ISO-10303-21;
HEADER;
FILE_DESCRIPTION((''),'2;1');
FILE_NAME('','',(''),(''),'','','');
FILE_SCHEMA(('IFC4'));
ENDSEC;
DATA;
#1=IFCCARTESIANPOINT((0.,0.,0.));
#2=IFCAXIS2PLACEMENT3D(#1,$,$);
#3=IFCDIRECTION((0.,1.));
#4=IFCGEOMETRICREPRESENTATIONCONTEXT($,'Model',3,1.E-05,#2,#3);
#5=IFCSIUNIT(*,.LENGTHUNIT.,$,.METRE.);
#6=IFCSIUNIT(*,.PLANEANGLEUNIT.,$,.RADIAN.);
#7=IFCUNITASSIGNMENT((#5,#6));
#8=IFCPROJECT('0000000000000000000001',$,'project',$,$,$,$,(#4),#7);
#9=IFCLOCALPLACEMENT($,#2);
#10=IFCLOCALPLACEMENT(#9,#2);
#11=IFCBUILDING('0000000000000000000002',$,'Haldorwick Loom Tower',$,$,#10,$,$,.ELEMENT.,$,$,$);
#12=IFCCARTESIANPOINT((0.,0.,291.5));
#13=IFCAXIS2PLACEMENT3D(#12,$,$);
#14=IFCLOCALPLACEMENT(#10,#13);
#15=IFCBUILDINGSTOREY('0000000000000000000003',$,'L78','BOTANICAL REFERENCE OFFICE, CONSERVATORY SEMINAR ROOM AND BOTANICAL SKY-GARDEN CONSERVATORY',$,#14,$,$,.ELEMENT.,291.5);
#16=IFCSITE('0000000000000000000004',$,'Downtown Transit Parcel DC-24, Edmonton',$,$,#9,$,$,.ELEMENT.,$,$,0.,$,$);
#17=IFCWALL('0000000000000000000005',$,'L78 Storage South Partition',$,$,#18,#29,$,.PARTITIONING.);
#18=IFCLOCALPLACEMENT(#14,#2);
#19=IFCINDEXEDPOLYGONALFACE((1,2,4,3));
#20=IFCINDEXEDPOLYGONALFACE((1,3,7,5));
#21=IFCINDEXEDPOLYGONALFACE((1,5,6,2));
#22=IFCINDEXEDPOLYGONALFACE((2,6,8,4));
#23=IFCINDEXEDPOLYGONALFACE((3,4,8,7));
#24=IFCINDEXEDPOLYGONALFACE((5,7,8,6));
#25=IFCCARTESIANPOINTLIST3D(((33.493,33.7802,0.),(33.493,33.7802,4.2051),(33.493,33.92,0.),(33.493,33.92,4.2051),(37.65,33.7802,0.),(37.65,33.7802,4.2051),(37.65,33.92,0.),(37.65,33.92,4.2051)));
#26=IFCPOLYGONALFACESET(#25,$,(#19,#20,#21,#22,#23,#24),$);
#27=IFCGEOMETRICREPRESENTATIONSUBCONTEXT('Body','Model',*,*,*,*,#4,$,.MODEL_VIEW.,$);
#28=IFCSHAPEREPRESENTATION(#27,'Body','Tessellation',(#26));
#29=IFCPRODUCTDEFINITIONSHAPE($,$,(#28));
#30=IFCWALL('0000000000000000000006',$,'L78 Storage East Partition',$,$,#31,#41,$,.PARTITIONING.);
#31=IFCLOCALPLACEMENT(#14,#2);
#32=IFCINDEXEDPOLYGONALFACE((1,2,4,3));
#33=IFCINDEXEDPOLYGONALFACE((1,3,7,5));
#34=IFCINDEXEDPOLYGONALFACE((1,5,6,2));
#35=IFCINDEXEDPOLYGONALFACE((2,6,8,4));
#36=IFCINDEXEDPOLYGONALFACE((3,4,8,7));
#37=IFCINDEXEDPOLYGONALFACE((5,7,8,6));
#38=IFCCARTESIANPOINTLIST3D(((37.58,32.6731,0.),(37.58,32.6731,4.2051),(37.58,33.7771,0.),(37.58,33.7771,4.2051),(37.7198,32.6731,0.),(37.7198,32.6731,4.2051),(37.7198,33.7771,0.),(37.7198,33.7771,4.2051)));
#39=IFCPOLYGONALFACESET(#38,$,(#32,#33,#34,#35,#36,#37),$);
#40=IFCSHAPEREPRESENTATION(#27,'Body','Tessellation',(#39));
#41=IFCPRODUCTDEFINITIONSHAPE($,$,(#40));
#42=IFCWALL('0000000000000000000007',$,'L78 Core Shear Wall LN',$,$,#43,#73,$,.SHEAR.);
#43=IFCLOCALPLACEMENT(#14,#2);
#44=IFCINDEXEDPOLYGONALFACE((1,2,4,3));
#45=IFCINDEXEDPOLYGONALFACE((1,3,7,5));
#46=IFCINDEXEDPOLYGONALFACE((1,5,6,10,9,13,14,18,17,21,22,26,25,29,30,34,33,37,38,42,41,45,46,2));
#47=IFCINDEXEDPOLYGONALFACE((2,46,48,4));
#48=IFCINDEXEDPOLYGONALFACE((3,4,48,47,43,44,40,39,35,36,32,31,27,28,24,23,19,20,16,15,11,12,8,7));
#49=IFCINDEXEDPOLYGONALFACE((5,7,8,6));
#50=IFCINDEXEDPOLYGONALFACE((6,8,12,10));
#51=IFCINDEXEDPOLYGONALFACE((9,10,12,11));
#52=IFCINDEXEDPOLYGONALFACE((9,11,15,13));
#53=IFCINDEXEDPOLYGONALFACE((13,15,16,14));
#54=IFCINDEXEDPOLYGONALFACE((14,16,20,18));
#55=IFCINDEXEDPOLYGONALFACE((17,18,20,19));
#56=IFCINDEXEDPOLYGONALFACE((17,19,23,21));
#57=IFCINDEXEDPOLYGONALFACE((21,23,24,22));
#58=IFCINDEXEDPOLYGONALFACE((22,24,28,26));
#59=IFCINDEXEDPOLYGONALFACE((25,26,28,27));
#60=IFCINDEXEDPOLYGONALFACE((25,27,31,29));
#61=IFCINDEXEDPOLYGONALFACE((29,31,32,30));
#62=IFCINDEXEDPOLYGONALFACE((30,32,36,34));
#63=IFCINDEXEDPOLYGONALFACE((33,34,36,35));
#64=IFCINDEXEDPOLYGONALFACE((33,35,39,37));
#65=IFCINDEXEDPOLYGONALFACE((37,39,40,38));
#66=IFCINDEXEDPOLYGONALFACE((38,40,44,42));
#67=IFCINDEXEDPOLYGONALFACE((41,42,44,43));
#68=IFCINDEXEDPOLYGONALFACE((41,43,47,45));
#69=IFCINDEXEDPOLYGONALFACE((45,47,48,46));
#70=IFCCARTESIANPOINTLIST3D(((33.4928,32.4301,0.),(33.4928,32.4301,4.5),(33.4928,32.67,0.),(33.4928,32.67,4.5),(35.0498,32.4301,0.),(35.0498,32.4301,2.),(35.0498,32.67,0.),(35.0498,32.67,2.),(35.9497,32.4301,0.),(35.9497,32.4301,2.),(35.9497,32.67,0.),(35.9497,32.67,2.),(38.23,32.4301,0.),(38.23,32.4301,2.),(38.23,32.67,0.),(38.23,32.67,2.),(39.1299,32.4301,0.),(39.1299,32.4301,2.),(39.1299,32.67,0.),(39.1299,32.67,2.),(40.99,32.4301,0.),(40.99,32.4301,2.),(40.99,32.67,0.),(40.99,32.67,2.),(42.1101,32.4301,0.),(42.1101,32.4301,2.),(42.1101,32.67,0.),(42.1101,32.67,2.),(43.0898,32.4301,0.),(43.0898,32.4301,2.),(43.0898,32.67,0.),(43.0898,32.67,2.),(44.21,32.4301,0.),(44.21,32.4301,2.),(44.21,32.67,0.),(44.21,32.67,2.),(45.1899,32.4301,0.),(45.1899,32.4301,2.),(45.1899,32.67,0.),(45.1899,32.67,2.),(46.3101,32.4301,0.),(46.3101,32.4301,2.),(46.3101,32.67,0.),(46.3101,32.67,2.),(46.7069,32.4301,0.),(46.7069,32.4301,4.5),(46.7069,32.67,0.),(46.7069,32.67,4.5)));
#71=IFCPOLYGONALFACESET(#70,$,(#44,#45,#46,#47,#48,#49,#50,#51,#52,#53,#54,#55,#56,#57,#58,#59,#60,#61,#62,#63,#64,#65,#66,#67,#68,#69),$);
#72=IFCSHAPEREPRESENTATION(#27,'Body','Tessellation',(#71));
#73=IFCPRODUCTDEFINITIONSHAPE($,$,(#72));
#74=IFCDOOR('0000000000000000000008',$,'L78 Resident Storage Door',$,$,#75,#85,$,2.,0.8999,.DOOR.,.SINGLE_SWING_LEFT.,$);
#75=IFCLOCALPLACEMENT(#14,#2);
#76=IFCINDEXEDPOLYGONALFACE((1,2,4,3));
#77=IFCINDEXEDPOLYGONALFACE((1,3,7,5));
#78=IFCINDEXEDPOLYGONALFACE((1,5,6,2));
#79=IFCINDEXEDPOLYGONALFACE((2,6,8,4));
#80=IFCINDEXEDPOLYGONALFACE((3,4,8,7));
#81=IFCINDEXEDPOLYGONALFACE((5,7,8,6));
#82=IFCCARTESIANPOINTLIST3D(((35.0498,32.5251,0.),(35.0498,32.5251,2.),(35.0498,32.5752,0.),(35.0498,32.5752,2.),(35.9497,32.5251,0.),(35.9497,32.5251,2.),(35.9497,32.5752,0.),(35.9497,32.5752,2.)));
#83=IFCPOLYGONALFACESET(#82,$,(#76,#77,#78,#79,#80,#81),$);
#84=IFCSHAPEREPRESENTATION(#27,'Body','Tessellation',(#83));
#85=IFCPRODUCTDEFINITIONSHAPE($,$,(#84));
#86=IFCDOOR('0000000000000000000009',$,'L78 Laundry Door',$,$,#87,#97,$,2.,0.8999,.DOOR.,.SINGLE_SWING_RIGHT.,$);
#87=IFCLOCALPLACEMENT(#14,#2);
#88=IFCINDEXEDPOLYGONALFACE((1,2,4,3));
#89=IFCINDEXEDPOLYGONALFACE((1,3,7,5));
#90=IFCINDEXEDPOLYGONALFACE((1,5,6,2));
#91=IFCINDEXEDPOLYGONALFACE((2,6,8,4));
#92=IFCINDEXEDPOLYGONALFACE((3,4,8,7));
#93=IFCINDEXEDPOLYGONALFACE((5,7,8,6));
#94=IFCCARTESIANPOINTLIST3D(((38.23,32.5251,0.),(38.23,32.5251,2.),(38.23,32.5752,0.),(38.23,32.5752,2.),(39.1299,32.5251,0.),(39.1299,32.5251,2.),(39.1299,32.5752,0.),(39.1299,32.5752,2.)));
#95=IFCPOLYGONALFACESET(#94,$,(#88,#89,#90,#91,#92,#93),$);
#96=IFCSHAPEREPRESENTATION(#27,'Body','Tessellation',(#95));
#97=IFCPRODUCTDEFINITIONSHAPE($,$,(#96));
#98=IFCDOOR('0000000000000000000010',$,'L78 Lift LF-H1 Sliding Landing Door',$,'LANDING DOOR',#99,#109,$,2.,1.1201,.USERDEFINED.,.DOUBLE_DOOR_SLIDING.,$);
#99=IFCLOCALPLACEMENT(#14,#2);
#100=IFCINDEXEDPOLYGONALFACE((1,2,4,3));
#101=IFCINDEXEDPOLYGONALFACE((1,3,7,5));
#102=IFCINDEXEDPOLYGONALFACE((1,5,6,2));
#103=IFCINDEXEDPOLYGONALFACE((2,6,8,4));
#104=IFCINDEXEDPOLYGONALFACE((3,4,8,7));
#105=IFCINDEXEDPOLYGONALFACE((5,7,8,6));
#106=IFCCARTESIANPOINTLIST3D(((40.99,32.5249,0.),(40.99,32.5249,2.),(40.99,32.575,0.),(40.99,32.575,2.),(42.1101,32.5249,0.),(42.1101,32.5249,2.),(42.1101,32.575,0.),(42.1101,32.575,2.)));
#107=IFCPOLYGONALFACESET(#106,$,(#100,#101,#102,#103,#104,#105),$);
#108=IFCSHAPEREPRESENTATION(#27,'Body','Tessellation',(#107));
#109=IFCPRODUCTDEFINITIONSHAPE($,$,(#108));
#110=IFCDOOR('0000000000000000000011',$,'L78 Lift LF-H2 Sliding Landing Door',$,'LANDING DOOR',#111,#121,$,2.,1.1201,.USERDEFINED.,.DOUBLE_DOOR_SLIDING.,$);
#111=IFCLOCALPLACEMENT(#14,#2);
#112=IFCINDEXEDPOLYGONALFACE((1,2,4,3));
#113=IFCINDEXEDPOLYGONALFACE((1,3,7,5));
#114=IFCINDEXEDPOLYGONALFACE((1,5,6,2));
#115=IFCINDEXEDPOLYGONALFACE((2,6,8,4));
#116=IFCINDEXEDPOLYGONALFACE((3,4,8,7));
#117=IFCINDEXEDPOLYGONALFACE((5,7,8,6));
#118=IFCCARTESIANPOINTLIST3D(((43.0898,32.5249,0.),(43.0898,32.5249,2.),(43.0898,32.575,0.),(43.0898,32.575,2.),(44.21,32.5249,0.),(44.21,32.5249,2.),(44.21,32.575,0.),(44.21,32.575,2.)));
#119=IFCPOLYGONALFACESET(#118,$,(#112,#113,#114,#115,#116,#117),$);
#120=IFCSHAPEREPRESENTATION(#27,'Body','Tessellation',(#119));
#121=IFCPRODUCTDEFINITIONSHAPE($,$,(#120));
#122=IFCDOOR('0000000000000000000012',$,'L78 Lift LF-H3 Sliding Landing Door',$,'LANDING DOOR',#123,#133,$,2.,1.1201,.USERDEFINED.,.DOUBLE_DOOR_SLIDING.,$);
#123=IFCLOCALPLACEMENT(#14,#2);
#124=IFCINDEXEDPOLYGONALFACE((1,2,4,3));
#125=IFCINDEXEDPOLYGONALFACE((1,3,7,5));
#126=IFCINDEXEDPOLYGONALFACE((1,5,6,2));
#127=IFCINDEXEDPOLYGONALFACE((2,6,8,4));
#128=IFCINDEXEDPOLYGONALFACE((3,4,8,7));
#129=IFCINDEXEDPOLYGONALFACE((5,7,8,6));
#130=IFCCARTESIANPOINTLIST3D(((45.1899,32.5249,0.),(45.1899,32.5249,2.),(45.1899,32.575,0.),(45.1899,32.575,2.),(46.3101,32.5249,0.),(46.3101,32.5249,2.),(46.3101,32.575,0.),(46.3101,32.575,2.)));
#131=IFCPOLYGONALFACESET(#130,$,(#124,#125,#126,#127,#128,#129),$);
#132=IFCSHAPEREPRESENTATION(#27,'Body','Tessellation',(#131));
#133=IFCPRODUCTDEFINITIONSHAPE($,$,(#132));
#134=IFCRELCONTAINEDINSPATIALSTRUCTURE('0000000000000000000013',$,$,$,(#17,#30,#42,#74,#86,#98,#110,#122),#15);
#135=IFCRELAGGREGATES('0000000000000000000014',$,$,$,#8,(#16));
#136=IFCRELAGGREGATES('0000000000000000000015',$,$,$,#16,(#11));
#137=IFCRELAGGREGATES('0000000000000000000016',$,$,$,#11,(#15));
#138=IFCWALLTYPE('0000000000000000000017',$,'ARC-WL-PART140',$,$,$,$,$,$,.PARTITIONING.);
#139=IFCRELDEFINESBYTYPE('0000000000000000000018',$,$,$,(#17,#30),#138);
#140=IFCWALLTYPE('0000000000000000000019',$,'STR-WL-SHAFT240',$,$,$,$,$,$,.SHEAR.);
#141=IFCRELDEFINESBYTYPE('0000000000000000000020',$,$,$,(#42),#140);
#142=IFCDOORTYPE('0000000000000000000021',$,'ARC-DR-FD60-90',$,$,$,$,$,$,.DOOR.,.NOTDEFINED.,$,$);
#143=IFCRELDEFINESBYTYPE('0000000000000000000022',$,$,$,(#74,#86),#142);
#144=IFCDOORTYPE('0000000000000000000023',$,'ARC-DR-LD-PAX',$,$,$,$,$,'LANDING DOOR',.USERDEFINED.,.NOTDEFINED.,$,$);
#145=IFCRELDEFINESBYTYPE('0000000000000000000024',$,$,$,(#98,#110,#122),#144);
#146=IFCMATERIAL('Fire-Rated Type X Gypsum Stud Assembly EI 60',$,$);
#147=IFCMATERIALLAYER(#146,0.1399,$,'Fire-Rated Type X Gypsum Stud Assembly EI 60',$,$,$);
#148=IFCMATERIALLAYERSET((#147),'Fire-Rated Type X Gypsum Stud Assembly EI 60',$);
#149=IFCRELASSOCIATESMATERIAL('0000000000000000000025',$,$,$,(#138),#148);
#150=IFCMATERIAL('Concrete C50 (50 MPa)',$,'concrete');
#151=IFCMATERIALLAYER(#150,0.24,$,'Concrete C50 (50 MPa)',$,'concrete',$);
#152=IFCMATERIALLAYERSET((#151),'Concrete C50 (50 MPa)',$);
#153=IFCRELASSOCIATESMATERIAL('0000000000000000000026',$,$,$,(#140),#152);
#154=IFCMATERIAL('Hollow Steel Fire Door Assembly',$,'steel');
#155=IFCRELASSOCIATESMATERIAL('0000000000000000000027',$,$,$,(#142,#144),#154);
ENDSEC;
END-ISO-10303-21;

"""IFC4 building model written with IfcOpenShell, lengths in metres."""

from ifc_helpers import new_model, si_unit, direction, frame, frame_2d, origin, place, context, subcontext, project, spatial, rectangle, extrude, material, layer, layer_set, type_object, element, fill, save


model = new_model("IFC4")

# Units and contexts
model_context = context("Model", 3, precision=1e-05, world=origin(), true_north=direction((0.0, 1.0)))
body_context = subcontext(model_context, "Body", "Model", "MODEL_VIEW")
ifc_project = project(units=[si_unit("LENGTHUNIT", "METRE"), si_unit("PLANEANGLEUNIT", "RADIAN")], contexts=[model_context])

# Site, building, storey
site_placement = place(None, origin())
site = spatial("IfcSite", under=ifc_project, at=site_placement, Name="Downtown Transit Parcel DC-24, Edmonton", CompositionType="ELEMENT", RefElevation=0.0)
building_placement = place(site_placement, origin())
building = spatial("IfcBuilding", under=site, at=building_placement, Name="Haldorwick Loom Tower", CompositionType="ELEMENT")
storey_placement = place(building_placement, frame((0.0, 0.0, 291.5)))
storey = spatial("IfcBuildingStorey", under=building, at=storey_placement, Name="L78", Description="BOTANICAL REFERENCE OFFICE, CONSERVATORY SEMINAR ROOM AND BOTANICAL SKY-GARDEN CONSERVATORY", CompositionType="ELEMENT", Elevation=291.5)

# Shared definitions
ifc_material_1 = material(Name="Concrete C50 (50 MPa)", Category="concrete")

# Walls
ifc_material_2 = material(Name="Fire-Rated Type X Gypsum Stud Assembly EI 60")
ifc_layer_1 = layer(ifc_material_2, 0.1399, Name="Fire-Rated Type X Gypsum Stud Assembly EI 60")
ifc_layer_set_1 = layer_set([ifc_layer_1], Name="Fire-Rated Type X Gypsum Stud Assembly EI 60")
wall_type_1 = type_object("IfcWallType", Name="ARC-WL-PART140", PredefinedType="PARTITIONING", material=ifc_layer_set_1)
wall_1_placement = place(storey_placement, frame((33.4929, 33.8501, 0.0), z_axis=(0.0, 0.0, 1.0), x_axis=(1.0, 0.0, 0.0)))
element("IfcWall", 1, at=wall_1_placement, inside=storey, type_object=wall_type_1, Name="L78 Storage South Partition", PredefinedType="PARTITIONING", context=body_context, shape_type="SweptSolid", body=[
    extrude(rectangle(XDim=4.157, YDim=0.1399, at=frame_2d((2.0786, 0.0))), origin(), (0.0, 0.0, 1.0), 4.2051),
])
wall_2_placement = place(storey_placement, frame((37.6499, 32.6731, 0.0), z_axis=(0.0, 0.0, 1.0), x_axis=(0.0, 1.0, 0.0)))
element("IfcWall", 2, at=wall_2_placement, inside=storey, type_object=wall_type_1, Name="L78 Storage East Partition", PredefinedType="PARTITIONING", context=body_context, shape_type="SweptSolid", body=[
    extrude(rectangle(XDim=1.104, YDim=0.1399, at=frame_2d((0.552, 0.0))), origin(), (0.0, 0.0, 1.0), 4.2051),
])

# Wall, openings, doors
ifc_layer_2 = layer(ifc_material_1, 0.24, Name="Concrete C50 (50 MPa)", Category="concrete")
ifc_layer_set_2 = layer_set([ifc_layer_2], Name="Concrete C50 (50 MPa)")
wall_type_2 = type_object("IfcWallType", Name="STR-WL-SHAFT240", PredefinedType="SHEAR", material=ifc_layer_set_2)
wall_3_placement = place(storey_placement, frame((33.4929, 32.55, 0.0), z_axis=(0.0, 0.0, 1.0), x_axis=(1.0, 0.0, 0.0)))
wall_3 = element("IfcWall", 3, at=wall_3_placement, inside=storey, type_object=wall_type_2, Name="L78 Core Shear Wall LN", PredefinedType="SHEAR", context=body_context, shape_type="SweptSolid", body=[
    extrude(rectangle(XDim=13.2141, YDim=0.24, at=frame_2d((6.6069, 0.0))), origin(), (0.0, 0.0, 1.0), 4.5),
])
opening_1_placement = place(wall_3_placement, frame((1.5569, 0.0, 0.0)))
opening_1 = element("IfcOpeningElement", 4, at=opening_1_placement, cuts=wall_3, PredefinedType="OPENING", context=body_context, shape_type="SweptSolid", body=[
    extrude(rectangle(XDim=0.8999, YDim=2.0, at=frame_2d((0.45, 1.0))), frame((0.0, 0.1299, 0.0), z_axis=(0.0, -1.0, 0.0), x_axis=(1.0, 0.0, 0.0)), (0.0, 0.0, 1.0), 0.26),
])
opening_2_placement = place(wall_3_placement, frame((4.7371, 0.0, 0.0)))
opening_2 = element("IfcOpeningElement", 5, at=opening_2_placement, cuts=wall_3, PredefinedType="OPENING", context=body_context, shape_type="SweptSolid", body=[
    extrude(rectangle(XDim=0.8999, YDim=2.0, at=frame_2d((0.45, 1.0))), frame((0.0, 0.1299, 0.0), z_axis=(0.0, -1.0, 0.0), x_axis=(1.0, 0.0, 0.0)), (0.0, 0.0, 1.0), 0.26),
])
opening_3_placement = place(wall_3_placement, frame((7.4971, 0.0, 0.0)))
opening_3 = element("IfcOpeningElement", 6, at=opening_3_placement, cuts=wall_3, PredefinedType="OPENING", context=body_context, shape_type="SweptSolid", body=[
    extrude(rectangle(XDim=1.1201, YDim=2.0, at=frame_2d((0.5601, 1.0))), frame((0.0, 0.1299, 0.0), z_axis=(0.0, -1.0, 0.0), x_axis=(1.0, 0.0, 0.0)), (0.0, 0.0, 1.0), 0.26),
])
opening_4_placement = place(wall_3_placement, frame((9.5969, 0.0, 0.0)))
opening_4 = element("IfcOpeningElement", 7, at=opening_4_placement, cuts=wall_3, PredefinedType="OPENING", context=body_context, shape_type="SweptSolid", body=[
    extrude(rectangle(XDim=1.1201, YDim=2.0, at=frame_2d((0.5601, 1.0))), frame((0.0, 0.1299, 0.0), z_axis=(0.0, -1.0, 0.0), x_axis=(1.0, 0.0, 0.0)), (0.0, 0.0, 1.0), 0.26),
])
opening_5_placement = place(wall_3_placement, frame((11.697, 0.0, 0.0)))
opening_5 = element("IfcOpeningElement", 8, at=opening_5_placement, cuts=wall_3, PredefinedType="OPENING", context=body_context, shape_type="SweptSolid", body=[
    extrude(rectangle(XDim=1.1201, YDim=2.0, at=frame_2d((0.5601, 1.0))), frame((0.0, 0.1299, 0.0), z_axis=(0.0, -1.0, 0.0), x_axis=(1.0, 0.0, 0.0)), (0.0, 0.0, 1.0), 0.26),
])
ifc_material_3 = material(Name="Hollow Steel Fire Door Assembly", Category="steel")
door_type_1 = type_object("IfcDoorType", Name="ARC-DR-FD60-90", OperationType="NOTDEFINED", PredefinedType="DOOR", material=ifc_material_3)
door_1_placement = place(opening_1_placement, frame((0.8999, 0.0, 0.0), z_axis=(0.0, 0.0, 1.0), x_axis=(-1.0, 0.0, 0.0)))
door_1 = element("IfcDoor", 9, at=door_1_placement, inside=storey, type_object=door_type_1, Name="L78 Resident Storage Door", OperationType="SINGLE_SWING_LEFT", OverallHeight=2.0, OverallWidth=0.8999, PredefinedType="DOOR", context=body_context, shape_type="SweptSolid", body=[
    extrude(rectangle(XDim=0.8999, YDim=2.0, at=frame_2d((0.45, 1.0))), frame((0.0, 0.0249, 0.0), z_axis=(0.0, -1.0, 0.0), x_axis=(1.0, 0.0, 0.0)), (0.0, 0.0, 1.0), 0.05),
])
fill(opening_1, door_1)
door_2_placement = place(opening_2_placement, frame((0.8999, 0.0, 0.0), z_axis=(0.0, 0.0, 1.0), x_axis=(-1.0, 0.0, 0.0)))
door_2 = element("IfcDoor", 10, at=door_2_placement, inside=storey, type_object=door_type_1, Name="L78 Laundry Door", OperationType="SINGLE_SWING_RIGHT", OverallHeight=2.0, OverallWidth=0.8999, PredefinedType="DOOR", context=body_context, shape_type="SweptSolid", body=[
    extrude(rectangle(XDim=0.8999, YDim=2.0, at=frame_2d((0.45, 1.0))), frame((0.0, 0.0249, 0.0), z_axis=(0.0, -1.0, 0.0), x_axis=(1.0, 0.0, 0.0)), (0.0, 0.0, 1.0), 0.05),
])
fill(opening_2, door_2)
door_type_2 = type_object("IfcDoorType", Name="ARC-DR-LD-PAX", ElementType="LANDING DOOR", OperationType="NOTDEFINED", PredefinedType="USERDEFINED", material=ifc_material_3)
door_3_placement = place(opening_3_placement, origin())
door_3 = element("IfcDoor", 11, at=door_3_placement, inside=storey, type_object=door_type_2, Name="L78 Lift LF-H1 Sliding Landing Door", ObjectType="LANDING DOOR", OperationType="DOUBLE_DOOR_SLIDING", OverallHeight=2.0, OverallWidth=1.1201, PredefinedType="USERDEFINED", context=body_context, shape_type="SweptSolid", body=[
    extrude(rectangle(XDim=1.1201, YDim=2.0, at=frame_2d((0.5601, 1.0))), frame((0.0, 0.0249, 0.0), z_axis=(0.0, -1.0, 0.0), x_axis=(1.0, 0.0, 0.0)), (0.0, 0.0, 1.0), 0.05),
])
fill(opening_3, door_3)
door_4_placement = place(opening_4_placement, origin())
door_4 = element("IfcDoor", 12, at=door_4_placement, inside=storey, type_object=door_type_2, Name="L78 Lift LF-H2 Sliding Landing Door", ObjectType="LANDING DOOR", OperationType="DOUBLE_DOOR_SLIDING", OverallHeight=2.0, OverallWidth=1.1201, PredefinedType="USERDEFINED", context=body_context, shape_type="SweptSolid", body=[
    extrude(rectangle(XDim=1.1201, YDim=2.0, at=frame_2d((0.5601, 1.0))), frame((0.0, 0.0249, 0.0), z_axis=(0.0, -1.0, 0.0), x_axis=(1.0, 0.0, 0.0)), (0.0, 0.0, 1.0), 0.05),
])
fill(opening_4, door_4)
door_5_placement = place(opening_5_placement, origin())
door_5 = element("IfcDoor", 13, at=door_5_placement, inside=storey, type_object=door_type_2, Name="L78 Lift LF-H3 Sliding Landing Door", ObjectType="LANDING DOOR", OperationType="DOUBLE_DOOR_SLIDING", OverallHeight=2.0, OverallWidth=1.1201, PredefinedType="USERDEFINED", context=body_context, shape_type="SweptSolid", body=[
    extrude(rectangle(XDim=1.1201, YDim=2.0, at=frame_2d((0.5601, 1.0))), frame((0.0, 0.0249, 0.0), z_axis=(0.0, -1.0, 0.0), x_axis=(1.0, 0.0, 0.0)), (0.0, 0.0, 1.0), 0.05),
])
fill(opening_5, door_5)

save(model, "model.ifc")
